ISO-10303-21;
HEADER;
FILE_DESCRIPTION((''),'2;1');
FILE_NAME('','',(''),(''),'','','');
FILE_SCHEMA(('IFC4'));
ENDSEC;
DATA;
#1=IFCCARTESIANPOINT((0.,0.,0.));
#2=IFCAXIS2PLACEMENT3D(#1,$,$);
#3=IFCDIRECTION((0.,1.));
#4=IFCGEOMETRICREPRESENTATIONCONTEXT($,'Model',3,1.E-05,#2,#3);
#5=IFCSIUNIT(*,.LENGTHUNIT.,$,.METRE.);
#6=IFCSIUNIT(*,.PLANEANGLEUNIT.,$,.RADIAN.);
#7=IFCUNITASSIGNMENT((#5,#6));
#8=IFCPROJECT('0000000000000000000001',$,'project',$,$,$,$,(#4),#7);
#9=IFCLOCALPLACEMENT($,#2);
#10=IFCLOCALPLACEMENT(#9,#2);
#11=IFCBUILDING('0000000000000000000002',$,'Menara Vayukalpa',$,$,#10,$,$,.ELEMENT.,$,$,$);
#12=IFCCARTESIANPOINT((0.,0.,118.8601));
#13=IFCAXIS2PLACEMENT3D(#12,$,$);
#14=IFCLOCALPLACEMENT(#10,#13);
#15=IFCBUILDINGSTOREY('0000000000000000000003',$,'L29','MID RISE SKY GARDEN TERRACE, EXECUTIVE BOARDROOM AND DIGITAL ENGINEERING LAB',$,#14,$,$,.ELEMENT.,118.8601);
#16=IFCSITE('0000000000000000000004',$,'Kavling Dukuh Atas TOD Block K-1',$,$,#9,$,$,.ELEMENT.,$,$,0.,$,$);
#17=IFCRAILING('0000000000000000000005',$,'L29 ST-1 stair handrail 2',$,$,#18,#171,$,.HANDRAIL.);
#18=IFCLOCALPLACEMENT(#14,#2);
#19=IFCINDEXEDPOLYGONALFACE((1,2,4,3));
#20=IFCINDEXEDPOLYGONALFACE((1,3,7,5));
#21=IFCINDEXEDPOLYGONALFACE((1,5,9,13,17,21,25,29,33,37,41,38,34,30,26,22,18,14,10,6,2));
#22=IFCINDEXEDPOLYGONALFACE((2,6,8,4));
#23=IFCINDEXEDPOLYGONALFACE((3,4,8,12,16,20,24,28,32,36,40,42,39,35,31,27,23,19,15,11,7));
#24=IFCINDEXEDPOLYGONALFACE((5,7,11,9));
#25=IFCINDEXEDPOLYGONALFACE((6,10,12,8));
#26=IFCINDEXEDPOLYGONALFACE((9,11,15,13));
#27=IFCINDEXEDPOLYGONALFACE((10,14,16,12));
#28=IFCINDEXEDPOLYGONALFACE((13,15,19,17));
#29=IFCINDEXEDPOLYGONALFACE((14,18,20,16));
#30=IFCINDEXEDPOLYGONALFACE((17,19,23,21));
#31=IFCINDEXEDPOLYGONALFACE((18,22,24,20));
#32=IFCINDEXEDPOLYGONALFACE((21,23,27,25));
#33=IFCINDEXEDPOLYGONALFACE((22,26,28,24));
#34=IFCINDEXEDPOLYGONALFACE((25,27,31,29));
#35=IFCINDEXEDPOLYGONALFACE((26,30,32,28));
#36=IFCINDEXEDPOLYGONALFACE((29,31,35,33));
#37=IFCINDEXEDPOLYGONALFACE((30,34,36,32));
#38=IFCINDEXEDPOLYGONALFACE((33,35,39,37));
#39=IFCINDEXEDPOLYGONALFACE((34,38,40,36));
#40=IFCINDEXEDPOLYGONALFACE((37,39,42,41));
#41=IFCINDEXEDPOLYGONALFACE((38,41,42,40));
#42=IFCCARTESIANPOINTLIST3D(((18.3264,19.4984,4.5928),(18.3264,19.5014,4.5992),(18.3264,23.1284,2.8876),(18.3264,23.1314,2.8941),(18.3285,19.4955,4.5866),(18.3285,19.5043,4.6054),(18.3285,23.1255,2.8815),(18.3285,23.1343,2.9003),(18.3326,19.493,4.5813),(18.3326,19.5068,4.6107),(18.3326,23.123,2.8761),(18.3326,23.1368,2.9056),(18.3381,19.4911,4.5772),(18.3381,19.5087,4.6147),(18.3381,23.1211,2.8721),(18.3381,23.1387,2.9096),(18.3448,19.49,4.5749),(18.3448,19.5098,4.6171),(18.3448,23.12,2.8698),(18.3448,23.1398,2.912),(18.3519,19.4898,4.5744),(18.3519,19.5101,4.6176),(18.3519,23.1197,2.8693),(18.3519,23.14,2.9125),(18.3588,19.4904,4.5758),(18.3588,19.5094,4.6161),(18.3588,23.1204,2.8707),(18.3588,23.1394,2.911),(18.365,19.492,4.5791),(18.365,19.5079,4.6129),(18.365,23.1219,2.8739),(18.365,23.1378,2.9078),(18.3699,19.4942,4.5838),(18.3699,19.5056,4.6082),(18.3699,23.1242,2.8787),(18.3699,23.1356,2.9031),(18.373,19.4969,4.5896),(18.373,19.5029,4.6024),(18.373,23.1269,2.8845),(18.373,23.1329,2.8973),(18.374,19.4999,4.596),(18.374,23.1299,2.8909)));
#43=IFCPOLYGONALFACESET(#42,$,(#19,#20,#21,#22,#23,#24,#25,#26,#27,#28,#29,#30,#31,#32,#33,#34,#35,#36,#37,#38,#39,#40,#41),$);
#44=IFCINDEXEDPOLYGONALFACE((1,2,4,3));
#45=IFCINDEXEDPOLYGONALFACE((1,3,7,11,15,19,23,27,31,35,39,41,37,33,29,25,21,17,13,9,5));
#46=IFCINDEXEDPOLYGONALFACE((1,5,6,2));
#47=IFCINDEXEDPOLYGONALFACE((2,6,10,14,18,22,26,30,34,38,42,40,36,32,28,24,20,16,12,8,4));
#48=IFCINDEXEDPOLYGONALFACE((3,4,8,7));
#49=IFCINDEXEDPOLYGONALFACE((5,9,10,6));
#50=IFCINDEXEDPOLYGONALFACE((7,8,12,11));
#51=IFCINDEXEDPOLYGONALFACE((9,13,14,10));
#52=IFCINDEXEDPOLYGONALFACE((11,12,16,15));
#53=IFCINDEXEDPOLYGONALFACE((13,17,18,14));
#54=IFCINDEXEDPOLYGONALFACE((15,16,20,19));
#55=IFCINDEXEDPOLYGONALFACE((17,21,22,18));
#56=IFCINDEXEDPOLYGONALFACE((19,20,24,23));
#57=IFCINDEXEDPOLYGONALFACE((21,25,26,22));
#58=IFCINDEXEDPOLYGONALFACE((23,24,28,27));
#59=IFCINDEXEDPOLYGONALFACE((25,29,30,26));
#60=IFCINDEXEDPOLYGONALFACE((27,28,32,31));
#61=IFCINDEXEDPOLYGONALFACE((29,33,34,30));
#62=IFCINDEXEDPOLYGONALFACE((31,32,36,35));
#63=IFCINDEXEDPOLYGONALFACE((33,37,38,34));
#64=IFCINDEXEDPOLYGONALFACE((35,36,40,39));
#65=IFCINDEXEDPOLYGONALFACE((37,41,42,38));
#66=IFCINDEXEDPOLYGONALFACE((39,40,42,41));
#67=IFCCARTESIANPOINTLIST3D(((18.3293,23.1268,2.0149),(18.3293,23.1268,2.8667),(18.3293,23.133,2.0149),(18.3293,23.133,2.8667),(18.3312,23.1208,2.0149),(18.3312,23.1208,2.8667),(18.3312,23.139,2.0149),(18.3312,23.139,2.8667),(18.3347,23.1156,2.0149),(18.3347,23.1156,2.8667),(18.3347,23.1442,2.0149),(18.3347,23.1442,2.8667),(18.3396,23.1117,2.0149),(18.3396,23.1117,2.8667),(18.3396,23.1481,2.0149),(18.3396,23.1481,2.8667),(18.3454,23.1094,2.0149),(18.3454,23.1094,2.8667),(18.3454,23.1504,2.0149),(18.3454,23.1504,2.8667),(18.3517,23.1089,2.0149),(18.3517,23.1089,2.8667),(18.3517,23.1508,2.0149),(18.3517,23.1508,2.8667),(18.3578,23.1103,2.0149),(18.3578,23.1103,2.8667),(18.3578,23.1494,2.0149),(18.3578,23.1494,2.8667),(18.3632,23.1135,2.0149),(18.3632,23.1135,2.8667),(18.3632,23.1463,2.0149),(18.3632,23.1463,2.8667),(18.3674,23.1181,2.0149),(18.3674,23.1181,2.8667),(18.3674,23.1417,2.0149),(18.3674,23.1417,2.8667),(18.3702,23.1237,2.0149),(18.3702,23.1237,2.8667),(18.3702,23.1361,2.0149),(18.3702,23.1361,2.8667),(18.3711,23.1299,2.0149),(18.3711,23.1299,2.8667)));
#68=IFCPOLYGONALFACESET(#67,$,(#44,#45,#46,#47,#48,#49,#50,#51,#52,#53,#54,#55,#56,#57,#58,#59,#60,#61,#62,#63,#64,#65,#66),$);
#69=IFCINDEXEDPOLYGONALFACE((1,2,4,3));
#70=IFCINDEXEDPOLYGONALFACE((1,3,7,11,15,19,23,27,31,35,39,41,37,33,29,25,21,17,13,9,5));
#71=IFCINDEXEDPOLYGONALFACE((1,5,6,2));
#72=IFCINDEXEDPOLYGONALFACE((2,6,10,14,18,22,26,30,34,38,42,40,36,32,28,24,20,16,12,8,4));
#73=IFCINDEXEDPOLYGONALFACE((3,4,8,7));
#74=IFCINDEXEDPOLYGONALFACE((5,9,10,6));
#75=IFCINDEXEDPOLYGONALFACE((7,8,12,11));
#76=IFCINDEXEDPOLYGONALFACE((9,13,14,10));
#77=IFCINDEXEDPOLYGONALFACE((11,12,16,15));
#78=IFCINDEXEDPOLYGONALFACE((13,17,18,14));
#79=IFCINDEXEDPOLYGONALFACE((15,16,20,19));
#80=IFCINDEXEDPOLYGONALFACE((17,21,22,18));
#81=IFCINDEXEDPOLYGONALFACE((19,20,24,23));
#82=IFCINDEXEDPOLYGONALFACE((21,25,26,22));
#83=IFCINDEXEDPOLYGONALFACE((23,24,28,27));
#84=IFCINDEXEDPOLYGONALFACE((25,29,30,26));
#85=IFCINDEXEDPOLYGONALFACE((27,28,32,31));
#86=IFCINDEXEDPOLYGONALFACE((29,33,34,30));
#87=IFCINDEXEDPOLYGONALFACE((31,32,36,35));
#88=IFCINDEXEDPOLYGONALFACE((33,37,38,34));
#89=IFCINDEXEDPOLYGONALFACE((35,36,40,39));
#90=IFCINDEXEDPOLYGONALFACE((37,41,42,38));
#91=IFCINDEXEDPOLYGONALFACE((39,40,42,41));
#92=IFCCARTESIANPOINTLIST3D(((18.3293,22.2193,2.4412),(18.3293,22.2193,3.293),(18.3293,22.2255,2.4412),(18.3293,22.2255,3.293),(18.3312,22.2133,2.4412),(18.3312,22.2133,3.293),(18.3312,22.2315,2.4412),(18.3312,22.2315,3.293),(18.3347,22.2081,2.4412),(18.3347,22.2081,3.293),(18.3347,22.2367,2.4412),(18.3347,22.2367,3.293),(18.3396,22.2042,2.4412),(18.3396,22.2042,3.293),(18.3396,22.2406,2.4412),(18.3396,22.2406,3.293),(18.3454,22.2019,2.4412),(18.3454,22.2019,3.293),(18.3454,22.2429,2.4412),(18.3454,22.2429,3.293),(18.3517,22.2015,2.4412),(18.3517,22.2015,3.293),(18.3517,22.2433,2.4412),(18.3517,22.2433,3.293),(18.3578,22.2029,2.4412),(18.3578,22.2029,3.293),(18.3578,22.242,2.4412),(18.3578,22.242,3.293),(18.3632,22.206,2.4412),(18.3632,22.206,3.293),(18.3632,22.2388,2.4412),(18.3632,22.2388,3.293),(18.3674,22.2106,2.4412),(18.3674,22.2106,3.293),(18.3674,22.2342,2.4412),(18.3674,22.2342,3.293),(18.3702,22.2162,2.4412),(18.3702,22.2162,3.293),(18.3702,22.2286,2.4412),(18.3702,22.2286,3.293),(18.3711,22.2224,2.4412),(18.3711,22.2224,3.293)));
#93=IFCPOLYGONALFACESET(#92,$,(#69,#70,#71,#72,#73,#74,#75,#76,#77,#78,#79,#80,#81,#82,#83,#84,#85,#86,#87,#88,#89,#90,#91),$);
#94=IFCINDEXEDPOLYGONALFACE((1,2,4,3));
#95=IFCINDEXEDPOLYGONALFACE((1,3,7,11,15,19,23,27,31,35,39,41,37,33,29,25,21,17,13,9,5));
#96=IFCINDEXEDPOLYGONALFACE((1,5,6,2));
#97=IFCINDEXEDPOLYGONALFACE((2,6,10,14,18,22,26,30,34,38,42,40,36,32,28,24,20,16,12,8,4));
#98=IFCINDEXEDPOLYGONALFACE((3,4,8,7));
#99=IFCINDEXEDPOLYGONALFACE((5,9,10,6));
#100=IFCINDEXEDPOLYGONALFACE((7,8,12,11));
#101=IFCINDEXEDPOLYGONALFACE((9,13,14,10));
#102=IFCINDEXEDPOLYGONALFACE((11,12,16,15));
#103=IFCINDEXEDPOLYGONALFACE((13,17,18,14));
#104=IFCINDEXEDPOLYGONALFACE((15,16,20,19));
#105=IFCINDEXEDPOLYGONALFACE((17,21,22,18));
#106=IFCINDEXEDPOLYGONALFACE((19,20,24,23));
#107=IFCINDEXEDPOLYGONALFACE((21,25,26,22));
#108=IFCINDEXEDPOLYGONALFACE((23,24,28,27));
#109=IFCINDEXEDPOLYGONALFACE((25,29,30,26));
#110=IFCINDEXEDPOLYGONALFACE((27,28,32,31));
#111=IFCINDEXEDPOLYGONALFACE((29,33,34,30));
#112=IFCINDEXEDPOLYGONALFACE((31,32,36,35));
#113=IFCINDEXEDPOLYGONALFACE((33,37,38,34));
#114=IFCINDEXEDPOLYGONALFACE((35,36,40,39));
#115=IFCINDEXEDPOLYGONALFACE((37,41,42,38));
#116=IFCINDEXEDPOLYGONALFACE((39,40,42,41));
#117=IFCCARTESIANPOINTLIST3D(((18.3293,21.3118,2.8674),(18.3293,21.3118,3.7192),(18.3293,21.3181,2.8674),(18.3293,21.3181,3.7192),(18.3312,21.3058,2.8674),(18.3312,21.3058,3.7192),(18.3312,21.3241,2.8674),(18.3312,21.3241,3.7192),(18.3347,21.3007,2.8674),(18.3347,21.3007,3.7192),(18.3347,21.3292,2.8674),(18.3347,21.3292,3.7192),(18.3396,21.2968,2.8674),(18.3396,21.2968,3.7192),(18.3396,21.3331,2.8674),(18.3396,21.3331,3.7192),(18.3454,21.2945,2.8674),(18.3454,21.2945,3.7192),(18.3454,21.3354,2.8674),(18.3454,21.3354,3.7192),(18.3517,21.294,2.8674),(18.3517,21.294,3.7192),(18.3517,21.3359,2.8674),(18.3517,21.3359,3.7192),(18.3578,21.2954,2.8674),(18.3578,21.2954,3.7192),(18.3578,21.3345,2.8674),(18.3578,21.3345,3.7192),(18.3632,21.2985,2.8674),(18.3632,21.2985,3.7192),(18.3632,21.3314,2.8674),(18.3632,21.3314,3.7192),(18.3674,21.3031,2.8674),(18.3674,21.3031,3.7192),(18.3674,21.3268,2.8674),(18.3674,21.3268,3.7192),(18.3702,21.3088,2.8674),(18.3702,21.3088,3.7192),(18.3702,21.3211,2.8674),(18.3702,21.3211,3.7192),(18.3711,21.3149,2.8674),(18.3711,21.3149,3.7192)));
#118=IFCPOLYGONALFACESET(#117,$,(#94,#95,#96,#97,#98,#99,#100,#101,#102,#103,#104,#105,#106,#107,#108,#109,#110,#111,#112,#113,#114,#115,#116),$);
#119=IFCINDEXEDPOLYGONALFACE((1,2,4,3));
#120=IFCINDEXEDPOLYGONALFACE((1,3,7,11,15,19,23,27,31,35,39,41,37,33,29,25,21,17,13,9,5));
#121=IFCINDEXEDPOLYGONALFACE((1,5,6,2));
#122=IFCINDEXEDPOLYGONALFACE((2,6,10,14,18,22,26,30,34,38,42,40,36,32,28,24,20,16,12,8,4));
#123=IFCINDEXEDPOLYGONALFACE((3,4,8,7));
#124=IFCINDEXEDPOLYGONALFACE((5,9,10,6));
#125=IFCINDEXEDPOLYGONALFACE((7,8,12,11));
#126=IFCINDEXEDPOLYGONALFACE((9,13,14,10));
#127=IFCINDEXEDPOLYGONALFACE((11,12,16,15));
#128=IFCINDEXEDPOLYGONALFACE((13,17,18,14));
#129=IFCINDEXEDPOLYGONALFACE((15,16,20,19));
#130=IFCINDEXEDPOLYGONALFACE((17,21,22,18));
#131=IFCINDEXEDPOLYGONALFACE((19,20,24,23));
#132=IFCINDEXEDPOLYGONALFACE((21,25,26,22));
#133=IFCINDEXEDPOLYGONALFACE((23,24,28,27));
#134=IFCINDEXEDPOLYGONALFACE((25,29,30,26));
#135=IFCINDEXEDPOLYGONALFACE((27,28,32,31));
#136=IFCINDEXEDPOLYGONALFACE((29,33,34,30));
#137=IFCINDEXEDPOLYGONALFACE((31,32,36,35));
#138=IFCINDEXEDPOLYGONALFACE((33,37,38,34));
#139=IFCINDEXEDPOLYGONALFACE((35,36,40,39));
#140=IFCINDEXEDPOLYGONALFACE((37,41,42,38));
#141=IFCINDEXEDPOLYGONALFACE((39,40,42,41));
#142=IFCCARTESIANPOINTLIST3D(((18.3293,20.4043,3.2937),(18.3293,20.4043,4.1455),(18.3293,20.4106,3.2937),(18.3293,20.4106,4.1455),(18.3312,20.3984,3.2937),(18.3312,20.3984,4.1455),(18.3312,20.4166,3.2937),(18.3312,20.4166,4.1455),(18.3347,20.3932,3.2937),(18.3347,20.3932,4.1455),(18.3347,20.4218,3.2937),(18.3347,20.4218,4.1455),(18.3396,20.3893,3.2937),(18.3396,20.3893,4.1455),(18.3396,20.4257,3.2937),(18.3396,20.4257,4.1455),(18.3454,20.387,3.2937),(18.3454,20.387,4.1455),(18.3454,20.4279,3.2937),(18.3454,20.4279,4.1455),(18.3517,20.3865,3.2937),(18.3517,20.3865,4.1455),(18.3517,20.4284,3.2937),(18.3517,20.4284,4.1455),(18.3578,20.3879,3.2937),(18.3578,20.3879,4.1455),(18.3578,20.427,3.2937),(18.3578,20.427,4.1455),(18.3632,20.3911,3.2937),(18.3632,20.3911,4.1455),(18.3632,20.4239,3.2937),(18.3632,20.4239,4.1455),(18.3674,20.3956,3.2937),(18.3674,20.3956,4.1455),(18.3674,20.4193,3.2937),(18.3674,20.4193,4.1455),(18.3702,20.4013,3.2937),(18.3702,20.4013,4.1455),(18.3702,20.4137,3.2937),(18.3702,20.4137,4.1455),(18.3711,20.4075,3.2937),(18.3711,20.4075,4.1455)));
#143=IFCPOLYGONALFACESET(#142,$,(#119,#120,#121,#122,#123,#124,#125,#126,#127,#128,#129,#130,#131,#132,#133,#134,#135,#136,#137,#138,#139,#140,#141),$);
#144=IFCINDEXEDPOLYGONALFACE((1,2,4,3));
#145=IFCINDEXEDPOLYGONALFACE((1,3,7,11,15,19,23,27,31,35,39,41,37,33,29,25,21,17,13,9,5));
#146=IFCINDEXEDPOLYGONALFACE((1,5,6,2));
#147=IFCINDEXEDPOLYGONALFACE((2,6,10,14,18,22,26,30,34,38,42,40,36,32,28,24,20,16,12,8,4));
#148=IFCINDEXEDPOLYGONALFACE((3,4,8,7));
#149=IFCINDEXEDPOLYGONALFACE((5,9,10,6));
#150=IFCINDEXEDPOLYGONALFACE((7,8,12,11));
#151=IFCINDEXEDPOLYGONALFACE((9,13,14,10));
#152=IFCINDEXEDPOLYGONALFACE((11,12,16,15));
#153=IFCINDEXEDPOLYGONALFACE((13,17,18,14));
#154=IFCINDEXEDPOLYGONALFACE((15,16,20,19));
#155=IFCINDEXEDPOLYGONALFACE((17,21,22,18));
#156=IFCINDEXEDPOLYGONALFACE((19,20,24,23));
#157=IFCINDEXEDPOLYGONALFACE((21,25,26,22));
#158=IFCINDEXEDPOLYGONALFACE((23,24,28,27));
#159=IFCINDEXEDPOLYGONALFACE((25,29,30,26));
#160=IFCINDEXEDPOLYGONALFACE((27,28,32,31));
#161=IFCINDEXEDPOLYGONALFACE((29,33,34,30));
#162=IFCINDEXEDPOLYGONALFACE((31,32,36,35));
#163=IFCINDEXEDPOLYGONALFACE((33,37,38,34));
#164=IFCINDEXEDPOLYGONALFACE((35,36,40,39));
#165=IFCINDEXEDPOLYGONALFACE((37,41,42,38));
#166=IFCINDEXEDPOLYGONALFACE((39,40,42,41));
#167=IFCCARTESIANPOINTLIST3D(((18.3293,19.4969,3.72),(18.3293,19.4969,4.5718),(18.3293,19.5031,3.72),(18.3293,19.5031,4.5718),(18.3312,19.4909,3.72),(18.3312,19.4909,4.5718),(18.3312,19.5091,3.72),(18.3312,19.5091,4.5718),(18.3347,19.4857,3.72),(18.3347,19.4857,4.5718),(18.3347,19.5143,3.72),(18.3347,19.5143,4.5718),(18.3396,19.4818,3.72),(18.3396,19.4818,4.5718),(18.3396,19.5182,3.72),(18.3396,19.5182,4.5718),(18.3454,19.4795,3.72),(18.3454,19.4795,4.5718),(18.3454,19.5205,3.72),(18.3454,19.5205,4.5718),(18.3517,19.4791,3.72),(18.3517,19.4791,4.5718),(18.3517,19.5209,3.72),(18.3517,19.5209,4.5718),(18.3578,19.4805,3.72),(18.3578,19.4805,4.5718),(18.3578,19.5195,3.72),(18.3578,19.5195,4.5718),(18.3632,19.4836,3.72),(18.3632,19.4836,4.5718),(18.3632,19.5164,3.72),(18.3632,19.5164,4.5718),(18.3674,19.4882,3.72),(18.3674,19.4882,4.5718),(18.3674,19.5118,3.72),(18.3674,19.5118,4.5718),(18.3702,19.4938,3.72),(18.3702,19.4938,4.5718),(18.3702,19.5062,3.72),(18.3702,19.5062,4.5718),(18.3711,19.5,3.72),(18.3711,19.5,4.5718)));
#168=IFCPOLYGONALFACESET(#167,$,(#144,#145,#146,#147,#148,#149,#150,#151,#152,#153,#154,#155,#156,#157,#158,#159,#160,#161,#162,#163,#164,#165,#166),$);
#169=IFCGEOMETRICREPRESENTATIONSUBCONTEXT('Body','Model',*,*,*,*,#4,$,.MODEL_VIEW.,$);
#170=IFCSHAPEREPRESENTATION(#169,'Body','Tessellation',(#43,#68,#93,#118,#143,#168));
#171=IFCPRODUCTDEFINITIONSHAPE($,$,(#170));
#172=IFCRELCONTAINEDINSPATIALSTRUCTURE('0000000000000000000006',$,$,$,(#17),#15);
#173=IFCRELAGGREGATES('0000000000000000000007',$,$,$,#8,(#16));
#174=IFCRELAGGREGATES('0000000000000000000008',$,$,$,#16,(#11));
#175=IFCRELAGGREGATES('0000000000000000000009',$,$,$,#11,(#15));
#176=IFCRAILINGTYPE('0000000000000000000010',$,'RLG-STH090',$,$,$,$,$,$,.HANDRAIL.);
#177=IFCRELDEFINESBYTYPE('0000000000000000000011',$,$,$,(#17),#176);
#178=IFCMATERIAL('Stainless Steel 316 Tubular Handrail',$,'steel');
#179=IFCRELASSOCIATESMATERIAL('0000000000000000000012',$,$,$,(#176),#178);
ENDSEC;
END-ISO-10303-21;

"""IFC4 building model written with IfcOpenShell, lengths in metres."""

from ifc_helpers import new_model, si_unit, direction, frame, origin, origin_2d, place, context, subcontext, project, spatial, circle, extrude, material, type_object, element, save


model = new_model("IFC4")

# Units and contexts
model_context = context("Model", 3, precision=1e-05, world=origin(), true_north=direction((0.0, 1.0)))
body_context = subcontext(model_context, "Body", "Model", "MODEL_VIEW")
ifc_project = project(units=[si_unit("LENGTHUNIT", "METRE"), si_unit("PLANEANGLEUNIT", "RADIAN")], contexts=[model_context])

# Site, building, storey
site_placement = place(None, origin())
site = spatial("IfcSite", under=ifc_project, at=site_placement, Name="Kavling Dukuh Atas TOD Block K-1", CompositionType="ELEMENT", RefElevation=0.0)
building_placement = place(site_placement, origin())
building = spatial("IfcBuilding", under=site, at=building_placement, Name="Menara Vayukalpa", CompositionType="ELEMENT")
storey_placement = place(building_placement, frame((0.0, 0.0, 118.8601)))
storey = spatial("IfcBuildingStorey", under=building, at=storey_placement, Name="L29", Description="MID RISE SKY GARDEN TERRACE, EXECUTIVE BOARDROOM AND DIGITAL ENGINEERING LAB", CompositionType="ELEMENT", Elevation=118.8601)

# Railing
ifc_material_1 = material(Name="Stainless Steel 316 Tubular Handrail", Category="steel")
railing_type_1 = type_object("IfcRailingType", Name="RLG-STH090", PredefinedType="HANDRAIL", material=ifc_material_1)
railing_1_placement = place(storey_placement, frame((18.3501, 23.1299, 2.0149)))
element("IfcRailing", 1, at=railing_1_placement, inside=storey, type_object=railing_type_1, Name="L29 ST-1 stair handrail 2", PredefinedType="HANDRAIL", context=body_context, shape_type="SweptSolid", body=[
    extrude(circle(Radius=0.0239, at=origin_2d()), frame((0.0, 0.0, 0.876), z_axis=(0.0, -0.905116, 0.425164), x_axis=(1.0, 0.0, 0.0)), (0.0, 0.0, 1.0), 4.0105),
    extrude(circle(Radius=0.021, at=origin_2d()), origin(), (0.0, 0.0, 1.0), 0.8518),
    extrude(circle(Radius=0.021, at=origin_2d()), frame((0.0, -0.9075, 0.4263)), (0.0, 0.0, 1.0), 0.8518),
    extrude(circle(Radius=0.021, at=origin_2d()), frame((0.0, -1.8149, 0.8525)), (0.0, 0.0, 1.0), 0.8518),
    extrude(circle(Radius=0.021, at=origin_2d()), frame((0.0, -2.7224, 1.2788)), (0.0, 0.0, 1.0), 0.8518),
    extrude(circle(Radius=0.021, at=origin_2d()), frame((0.0, -3.6299, 1.7051)), (0.0, 0.0, 1.0), 0.8518),
])

save(model, "model.ifc")
